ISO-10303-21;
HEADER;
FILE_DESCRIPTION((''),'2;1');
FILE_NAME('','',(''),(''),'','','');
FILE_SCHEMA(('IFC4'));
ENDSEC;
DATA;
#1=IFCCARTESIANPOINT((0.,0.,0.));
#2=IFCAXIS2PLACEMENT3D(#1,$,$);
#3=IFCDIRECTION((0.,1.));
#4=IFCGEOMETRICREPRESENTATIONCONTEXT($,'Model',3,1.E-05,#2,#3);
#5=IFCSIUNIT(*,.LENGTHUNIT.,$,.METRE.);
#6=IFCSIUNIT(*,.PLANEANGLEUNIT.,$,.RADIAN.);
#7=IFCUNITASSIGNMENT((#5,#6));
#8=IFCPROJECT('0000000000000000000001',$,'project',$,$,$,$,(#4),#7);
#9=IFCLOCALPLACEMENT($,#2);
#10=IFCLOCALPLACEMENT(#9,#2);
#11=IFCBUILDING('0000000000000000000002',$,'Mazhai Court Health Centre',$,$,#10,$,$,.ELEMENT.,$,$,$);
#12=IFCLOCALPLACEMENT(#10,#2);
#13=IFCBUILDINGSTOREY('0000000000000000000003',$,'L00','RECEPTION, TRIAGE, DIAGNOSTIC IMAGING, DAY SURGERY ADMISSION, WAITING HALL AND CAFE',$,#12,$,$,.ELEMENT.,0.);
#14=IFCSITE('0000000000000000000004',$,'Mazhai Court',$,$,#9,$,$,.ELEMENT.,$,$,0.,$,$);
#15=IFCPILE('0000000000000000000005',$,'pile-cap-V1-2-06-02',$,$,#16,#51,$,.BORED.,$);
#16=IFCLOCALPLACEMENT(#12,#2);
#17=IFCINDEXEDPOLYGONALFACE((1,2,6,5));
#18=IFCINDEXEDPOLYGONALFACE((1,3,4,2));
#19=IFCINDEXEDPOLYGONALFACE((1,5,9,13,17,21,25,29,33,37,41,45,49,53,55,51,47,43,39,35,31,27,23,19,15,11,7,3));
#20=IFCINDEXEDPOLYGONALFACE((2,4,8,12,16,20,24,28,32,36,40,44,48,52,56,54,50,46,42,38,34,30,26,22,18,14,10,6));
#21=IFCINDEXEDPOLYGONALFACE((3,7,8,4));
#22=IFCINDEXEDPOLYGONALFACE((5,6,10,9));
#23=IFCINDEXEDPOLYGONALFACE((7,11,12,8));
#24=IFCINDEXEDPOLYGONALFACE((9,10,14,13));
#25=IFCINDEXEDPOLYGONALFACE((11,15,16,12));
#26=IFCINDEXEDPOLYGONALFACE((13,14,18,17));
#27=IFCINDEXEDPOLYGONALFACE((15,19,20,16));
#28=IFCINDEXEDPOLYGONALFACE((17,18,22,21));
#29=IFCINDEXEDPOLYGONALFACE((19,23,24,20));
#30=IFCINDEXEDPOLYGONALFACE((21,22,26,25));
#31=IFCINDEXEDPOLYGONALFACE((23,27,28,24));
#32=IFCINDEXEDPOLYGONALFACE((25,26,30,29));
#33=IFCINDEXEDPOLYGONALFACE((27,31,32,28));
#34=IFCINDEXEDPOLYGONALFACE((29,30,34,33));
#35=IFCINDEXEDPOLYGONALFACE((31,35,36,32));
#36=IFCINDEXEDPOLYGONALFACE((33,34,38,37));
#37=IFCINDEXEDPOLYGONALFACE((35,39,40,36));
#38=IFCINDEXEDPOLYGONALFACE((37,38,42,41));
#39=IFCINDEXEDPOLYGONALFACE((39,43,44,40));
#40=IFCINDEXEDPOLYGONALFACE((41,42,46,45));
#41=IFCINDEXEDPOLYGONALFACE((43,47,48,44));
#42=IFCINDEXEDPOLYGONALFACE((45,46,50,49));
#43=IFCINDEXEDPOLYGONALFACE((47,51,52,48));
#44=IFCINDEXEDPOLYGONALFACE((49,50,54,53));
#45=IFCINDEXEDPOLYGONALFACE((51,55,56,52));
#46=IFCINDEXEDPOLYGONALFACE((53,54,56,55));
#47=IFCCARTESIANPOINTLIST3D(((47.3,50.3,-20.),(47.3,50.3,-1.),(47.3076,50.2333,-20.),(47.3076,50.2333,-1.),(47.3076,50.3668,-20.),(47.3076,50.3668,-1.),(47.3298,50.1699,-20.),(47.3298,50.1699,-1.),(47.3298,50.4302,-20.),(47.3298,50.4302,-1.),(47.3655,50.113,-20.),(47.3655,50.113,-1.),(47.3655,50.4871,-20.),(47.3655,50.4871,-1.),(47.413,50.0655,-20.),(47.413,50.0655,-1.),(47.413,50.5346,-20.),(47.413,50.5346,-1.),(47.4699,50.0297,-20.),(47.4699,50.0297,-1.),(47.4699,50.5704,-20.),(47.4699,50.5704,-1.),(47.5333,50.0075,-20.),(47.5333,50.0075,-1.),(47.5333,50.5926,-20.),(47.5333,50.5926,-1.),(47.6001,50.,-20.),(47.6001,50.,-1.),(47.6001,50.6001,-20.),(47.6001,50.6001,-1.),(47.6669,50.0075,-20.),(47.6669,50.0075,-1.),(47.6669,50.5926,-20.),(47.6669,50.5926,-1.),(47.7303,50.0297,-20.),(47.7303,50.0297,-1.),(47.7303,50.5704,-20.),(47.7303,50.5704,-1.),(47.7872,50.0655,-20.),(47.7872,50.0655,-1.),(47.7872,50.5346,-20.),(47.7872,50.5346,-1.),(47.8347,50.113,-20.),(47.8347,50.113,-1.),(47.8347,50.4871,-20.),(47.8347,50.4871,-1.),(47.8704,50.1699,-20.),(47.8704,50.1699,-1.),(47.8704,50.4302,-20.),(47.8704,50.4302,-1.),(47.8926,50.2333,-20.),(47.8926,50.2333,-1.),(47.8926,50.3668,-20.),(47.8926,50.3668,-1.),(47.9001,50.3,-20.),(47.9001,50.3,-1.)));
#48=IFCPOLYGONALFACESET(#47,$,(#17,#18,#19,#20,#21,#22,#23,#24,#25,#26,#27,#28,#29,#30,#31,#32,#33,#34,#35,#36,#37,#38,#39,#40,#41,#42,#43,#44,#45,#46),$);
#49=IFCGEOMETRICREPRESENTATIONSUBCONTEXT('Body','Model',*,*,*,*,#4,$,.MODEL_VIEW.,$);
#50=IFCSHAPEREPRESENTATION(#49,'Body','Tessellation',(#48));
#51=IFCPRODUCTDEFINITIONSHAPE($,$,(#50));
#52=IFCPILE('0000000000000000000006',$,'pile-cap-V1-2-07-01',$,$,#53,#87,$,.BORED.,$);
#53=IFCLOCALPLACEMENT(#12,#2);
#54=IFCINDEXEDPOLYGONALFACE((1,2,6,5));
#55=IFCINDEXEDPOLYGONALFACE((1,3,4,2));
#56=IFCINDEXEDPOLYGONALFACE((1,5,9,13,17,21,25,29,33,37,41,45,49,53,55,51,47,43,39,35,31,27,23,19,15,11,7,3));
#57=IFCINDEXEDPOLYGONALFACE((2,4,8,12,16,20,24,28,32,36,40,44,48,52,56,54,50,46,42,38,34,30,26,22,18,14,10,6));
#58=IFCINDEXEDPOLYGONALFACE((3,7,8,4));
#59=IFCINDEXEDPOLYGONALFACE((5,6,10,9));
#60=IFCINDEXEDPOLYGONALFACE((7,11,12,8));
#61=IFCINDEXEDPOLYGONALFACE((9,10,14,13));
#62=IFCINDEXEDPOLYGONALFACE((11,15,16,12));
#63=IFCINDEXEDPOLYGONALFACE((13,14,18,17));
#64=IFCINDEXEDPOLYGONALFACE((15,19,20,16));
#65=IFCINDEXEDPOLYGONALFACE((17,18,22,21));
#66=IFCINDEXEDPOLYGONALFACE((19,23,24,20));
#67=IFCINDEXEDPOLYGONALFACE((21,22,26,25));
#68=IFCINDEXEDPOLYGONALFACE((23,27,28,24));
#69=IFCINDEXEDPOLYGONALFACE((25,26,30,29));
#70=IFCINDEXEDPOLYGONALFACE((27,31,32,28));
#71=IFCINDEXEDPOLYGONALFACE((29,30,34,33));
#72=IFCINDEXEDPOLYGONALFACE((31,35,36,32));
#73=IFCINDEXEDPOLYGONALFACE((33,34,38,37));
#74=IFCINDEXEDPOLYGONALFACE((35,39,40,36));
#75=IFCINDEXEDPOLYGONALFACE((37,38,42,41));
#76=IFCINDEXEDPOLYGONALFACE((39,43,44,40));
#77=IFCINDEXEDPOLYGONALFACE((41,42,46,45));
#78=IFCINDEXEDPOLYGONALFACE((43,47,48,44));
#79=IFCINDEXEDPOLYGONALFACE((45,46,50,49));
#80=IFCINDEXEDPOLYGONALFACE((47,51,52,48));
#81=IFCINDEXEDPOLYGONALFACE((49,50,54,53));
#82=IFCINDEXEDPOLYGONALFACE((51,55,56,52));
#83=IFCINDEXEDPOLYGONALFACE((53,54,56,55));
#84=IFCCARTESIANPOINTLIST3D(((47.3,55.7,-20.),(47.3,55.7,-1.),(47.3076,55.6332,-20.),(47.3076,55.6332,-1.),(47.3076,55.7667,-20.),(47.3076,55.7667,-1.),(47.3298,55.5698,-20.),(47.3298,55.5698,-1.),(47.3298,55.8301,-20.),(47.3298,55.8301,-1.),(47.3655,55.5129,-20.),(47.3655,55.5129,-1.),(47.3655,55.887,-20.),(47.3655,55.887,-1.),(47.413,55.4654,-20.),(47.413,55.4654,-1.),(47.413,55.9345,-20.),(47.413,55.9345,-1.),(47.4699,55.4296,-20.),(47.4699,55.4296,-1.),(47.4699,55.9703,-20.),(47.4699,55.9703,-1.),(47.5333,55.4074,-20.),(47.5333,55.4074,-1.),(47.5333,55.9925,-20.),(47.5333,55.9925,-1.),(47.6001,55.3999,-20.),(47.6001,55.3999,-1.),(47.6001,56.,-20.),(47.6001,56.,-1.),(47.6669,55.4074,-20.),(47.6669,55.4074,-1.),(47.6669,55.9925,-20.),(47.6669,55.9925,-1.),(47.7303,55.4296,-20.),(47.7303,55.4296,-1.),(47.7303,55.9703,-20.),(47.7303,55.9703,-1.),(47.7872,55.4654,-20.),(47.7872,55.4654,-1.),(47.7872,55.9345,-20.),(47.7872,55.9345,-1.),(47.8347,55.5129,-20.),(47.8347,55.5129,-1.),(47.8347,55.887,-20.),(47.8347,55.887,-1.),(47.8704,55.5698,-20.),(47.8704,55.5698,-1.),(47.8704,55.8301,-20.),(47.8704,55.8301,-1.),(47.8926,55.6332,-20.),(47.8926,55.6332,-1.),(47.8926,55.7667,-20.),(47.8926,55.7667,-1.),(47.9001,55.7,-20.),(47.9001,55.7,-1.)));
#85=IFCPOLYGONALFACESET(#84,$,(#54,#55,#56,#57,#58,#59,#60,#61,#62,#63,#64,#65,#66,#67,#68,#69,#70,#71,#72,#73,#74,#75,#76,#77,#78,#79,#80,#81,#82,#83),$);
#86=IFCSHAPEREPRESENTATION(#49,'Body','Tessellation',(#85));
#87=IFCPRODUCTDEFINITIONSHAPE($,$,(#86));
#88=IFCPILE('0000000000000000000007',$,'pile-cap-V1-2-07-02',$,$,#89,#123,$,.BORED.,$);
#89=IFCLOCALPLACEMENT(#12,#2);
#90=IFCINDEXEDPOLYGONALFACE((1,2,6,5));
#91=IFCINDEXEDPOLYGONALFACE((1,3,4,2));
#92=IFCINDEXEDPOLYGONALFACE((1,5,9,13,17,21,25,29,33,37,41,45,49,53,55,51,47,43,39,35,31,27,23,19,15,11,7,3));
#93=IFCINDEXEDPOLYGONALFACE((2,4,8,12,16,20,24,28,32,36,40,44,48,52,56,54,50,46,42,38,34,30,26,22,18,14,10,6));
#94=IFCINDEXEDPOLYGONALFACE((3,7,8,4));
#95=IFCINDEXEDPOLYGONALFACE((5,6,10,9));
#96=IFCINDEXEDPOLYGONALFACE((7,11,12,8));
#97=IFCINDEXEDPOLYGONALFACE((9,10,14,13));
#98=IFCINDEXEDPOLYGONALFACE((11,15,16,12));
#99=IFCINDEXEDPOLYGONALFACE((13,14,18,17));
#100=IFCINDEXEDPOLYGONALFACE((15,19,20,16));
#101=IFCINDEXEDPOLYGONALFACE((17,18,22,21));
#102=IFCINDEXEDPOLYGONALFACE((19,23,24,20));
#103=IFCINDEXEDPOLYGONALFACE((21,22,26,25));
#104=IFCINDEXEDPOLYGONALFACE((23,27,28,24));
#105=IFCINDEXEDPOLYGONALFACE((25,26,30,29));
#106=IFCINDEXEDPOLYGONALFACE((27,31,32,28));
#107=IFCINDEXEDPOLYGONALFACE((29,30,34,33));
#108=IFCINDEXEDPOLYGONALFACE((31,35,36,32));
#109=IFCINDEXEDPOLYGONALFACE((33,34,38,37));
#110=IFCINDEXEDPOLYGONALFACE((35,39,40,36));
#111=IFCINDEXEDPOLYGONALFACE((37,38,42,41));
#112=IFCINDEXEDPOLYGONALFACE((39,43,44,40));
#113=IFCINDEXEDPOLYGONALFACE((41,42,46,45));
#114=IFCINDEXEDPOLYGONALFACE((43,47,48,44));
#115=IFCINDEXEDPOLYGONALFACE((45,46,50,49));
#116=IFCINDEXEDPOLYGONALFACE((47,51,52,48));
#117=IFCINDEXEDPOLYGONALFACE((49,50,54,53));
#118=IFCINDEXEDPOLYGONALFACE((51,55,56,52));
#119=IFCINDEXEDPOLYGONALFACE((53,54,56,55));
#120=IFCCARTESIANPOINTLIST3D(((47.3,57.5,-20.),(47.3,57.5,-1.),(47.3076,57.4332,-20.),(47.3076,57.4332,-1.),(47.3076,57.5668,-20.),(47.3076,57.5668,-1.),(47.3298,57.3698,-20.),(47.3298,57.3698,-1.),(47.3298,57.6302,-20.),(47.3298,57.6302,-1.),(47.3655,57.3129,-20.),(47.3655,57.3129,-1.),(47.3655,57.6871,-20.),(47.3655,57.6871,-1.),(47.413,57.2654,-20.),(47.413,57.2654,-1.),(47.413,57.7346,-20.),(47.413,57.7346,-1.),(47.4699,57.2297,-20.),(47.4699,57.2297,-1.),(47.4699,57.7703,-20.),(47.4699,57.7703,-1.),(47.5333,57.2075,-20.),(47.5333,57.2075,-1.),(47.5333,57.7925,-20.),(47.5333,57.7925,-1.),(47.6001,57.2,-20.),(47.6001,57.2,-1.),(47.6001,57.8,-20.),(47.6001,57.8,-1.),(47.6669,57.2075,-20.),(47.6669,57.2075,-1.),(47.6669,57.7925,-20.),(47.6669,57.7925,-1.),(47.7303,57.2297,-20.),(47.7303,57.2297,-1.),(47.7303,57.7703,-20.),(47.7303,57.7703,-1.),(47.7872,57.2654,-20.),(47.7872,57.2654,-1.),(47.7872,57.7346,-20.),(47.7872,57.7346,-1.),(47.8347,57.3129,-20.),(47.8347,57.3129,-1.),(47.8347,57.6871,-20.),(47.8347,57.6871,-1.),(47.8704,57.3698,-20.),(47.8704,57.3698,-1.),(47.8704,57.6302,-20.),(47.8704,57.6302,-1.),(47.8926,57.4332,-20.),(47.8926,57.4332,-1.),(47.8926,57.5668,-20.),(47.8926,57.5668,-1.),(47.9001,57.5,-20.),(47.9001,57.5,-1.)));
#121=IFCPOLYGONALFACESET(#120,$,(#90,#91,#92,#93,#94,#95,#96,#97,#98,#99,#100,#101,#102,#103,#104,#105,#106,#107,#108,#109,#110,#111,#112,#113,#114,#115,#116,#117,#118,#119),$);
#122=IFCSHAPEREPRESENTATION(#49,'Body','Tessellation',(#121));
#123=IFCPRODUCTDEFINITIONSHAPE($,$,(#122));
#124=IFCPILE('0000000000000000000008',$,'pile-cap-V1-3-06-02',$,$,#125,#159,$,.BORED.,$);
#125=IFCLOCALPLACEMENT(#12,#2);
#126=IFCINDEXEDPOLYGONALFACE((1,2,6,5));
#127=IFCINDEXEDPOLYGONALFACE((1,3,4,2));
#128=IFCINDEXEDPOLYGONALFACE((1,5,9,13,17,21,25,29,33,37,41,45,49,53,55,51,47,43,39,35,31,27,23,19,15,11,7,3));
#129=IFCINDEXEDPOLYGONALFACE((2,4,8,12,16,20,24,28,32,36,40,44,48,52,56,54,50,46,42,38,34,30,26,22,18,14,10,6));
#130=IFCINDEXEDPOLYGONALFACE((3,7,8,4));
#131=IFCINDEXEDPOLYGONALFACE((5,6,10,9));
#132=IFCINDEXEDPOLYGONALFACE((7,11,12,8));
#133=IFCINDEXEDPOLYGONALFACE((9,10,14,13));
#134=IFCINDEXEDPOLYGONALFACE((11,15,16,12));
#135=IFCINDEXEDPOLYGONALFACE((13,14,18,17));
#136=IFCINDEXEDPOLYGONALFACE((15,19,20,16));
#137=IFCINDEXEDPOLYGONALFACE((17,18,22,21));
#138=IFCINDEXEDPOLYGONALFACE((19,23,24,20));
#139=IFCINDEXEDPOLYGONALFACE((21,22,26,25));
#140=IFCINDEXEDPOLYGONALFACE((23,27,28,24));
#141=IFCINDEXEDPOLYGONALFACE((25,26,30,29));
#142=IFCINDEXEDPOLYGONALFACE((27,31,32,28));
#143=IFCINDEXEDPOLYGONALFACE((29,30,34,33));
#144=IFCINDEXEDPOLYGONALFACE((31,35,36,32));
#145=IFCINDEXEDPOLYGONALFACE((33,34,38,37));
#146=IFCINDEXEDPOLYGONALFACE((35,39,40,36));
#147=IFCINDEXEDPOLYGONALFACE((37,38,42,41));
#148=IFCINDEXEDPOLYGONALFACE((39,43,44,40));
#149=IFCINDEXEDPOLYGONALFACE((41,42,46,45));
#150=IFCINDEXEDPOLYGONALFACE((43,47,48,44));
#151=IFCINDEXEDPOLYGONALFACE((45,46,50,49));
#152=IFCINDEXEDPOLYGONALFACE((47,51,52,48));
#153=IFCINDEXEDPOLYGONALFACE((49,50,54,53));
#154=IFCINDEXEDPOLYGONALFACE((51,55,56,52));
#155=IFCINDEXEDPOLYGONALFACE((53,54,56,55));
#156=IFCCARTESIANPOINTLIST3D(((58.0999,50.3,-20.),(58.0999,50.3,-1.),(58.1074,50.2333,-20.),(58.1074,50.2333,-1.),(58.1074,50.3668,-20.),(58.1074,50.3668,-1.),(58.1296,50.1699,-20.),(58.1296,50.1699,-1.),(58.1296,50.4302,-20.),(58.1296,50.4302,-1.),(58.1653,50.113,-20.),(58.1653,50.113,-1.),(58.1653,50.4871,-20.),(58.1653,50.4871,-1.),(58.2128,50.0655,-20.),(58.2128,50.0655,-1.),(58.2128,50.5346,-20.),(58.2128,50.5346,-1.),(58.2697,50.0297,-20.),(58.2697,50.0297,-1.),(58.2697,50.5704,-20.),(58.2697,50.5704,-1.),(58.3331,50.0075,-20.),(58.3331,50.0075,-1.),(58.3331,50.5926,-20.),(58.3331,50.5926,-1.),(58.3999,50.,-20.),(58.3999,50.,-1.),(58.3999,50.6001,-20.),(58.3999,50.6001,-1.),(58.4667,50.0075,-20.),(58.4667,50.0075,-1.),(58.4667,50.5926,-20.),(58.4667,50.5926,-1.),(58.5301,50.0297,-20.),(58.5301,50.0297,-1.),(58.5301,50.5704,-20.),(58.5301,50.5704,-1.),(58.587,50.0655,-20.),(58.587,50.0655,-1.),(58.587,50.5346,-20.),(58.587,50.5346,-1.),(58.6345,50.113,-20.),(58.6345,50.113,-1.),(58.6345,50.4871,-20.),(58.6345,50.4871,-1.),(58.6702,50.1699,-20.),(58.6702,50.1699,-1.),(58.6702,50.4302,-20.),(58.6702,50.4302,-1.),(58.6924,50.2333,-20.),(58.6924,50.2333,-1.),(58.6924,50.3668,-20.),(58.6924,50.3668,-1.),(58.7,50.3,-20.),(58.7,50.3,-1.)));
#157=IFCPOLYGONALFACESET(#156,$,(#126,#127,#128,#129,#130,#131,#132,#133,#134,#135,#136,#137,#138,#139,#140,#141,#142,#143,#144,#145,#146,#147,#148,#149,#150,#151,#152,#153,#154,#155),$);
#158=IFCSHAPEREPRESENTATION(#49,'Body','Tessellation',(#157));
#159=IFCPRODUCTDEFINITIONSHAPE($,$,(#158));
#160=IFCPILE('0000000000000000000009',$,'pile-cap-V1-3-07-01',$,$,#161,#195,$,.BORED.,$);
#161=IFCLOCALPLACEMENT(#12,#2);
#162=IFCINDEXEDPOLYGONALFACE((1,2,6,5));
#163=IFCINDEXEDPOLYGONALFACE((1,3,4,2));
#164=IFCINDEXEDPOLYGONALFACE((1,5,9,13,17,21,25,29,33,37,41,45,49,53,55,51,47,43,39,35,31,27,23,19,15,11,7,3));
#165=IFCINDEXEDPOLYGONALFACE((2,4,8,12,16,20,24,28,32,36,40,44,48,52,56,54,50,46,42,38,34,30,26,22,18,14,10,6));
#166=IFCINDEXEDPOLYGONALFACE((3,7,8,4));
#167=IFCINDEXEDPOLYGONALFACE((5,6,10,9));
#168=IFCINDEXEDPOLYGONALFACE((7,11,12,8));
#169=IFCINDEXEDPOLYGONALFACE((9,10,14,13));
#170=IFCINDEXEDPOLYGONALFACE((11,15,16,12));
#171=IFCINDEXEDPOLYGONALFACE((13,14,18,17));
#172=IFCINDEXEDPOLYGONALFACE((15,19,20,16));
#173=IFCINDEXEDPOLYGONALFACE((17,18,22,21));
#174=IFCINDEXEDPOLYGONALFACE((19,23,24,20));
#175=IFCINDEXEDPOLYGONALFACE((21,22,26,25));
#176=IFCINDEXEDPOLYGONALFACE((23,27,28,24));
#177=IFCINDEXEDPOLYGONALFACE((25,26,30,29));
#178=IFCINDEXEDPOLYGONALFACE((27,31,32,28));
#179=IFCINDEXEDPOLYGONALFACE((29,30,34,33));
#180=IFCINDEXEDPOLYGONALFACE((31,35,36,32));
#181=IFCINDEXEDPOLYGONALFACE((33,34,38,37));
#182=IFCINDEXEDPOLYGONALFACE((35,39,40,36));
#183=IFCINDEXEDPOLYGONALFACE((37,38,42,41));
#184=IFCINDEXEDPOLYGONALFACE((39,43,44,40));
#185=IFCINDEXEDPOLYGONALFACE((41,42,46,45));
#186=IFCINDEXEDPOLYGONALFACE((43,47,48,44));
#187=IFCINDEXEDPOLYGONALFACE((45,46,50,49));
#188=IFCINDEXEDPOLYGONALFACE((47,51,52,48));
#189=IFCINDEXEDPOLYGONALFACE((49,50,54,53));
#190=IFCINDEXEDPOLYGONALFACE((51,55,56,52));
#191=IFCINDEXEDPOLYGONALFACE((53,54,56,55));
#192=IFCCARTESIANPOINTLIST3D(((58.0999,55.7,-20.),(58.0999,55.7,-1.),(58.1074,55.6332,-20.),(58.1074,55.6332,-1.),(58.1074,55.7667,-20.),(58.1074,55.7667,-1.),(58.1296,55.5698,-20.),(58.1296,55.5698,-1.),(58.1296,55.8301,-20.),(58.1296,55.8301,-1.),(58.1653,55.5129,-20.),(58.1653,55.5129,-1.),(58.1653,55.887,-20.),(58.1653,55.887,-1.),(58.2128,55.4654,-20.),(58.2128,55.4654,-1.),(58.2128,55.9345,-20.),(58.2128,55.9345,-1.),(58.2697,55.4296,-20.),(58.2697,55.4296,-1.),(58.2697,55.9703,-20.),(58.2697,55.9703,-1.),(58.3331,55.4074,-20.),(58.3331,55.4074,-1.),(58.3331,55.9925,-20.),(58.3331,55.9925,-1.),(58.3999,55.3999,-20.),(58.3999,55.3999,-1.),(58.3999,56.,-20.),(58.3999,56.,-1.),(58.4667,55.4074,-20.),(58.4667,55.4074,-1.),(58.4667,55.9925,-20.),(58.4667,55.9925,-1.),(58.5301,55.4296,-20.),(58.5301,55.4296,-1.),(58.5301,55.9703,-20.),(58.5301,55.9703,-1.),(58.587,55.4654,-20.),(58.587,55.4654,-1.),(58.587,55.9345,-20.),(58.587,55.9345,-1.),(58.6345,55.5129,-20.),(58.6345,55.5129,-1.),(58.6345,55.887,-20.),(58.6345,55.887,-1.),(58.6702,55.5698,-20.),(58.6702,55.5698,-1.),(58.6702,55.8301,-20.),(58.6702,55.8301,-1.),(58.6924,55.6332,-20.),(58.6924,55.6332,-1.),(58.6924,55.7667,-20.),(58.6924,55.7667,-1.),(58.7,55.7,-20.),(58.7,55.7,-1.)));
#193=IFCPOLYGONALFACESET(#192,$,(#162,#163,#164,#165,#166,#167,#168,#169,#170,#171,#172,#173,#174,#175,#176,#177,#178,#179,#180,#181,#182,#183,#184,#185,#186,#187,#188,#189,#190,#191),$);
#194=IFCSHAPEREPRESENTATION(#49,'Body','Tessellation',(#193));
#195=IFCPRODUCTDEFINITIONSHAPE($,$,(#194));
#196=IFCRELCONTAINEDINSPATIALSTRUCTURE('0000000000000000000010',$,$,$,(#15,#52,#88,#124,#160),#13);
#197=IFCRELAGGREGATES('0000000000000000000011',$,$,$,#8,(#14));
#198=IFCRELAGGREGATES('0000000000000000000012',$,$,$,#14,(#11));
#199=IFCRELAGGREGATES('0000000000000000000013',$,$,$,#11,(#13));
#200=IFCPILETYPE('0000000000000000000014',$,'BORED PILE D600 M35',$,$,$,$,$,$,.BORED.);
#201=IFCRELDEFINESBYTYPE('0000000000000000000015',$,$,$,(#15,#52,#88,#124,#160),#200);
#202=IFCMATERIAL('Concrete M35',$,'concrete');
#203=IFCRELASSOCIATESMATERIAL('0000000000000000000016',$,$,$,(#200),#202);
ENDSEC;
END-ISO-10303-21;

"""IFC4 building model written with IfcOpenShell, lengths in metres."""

from ifc_helpers import new_model, si_unit, direction, frame, origin, origin_2d, place, context, subcontext, project, spatial, circle, extrude, material, material_profile, profile_set, type_object, element, save


model = new_model("IFC4")

# Units and contexts
model_context = context("Model", 3, precision=1e-05, world=origin(), true_north=direction((0.0, 1.0)))
body_context = subcontext(model_context, "Body", "Model", "MODEL_VIEW")
ifc_project = project(units=[si_unit("LENGTHUNIT", "METRE"), si_unit("PLANEANGLEUNIT", "RADIAN")], contexts=[model_context])

# Site, building, storey
site_placement = place(None, origin())
site = spatial("IfcSite", under=ifc_project, at=site_placement, Name="Mazhai Court", CompositionType="ELEMENT", RefElevation=0.0)
building_placement = place(site_placement, origin())
building = spatial("IfcBuilding", under=site, at=building_placement, Name="Mazhai Court Health Centre", CompositionType="ELEMENT")
storey_placement = place(building_placement, origin())
storey = spatial("IfcBuildingStorey", under=building, at=storey_placement, Name="L00", Description="RECEPTION, TRIAGE, DIAGNOSTIC IMAGING, DAY SURGERY ADMISSION, WAITING HALL AND CAFE", CompositionType="ELEMENT", Elevation=0.0)

# Piles
ifc_material_1 = material(Name="Concrete M35", Category="concrete")
ifc_material_profile_1 = material_profile(ifc_material_1, circle(Radius=0.3, at=origin_2d()), Name="RC PILE D600")
ifc_profile_set_1 = profile_set([ifc_material_profile_1], Name="Concrete M35")
pile_type = type_object("IfcPileType", Name="BORED PILE D600 M35", PredefinedType="BORED", material=ifc_profile_set_1)
for number, where, z_axis, x_axis, name in (
    (1, (47.6001, 50.3, -1.0), (0.0, 0.0, -1.0), (1.0, 0.0, 0.0), "pile-cap-V1-2-06-02"),
    (2, (47.6001, 55.7, -1.0), (0.0, 0.0, -1.0), (1.0, 0.0, 0.0), "pile-cap-V1-2-07-01"),
    (3, (47.6001, 57.5, -1.0), (0.0, 0.0, -1.0), (1.0, 0.0, 0.0), "pile-cap-V1-2-07-02"),
    (4, (58.3999, 50.3, -1.0), (0.0, 0.0, -1.0), (1.0, 0.0, 0.0), "pile-cap-V1-3-06-02"),
    (5, (58.3999, 55.7, -1.0), (0.0, 0.0, -1.0), (1.0, 0.0, 0.0), "pile-cap-V1-3-07-01"),
):
    element("IfcPile", number, at=place(storey_placement, frame(where, z_axis=z_axis, x_axis=x_axis)), inside=storey, type_object=pile_type, Name=name, PredefinedType="BORED", context=body_context, shape_type="SweptSolid", body=[
        extrude(circle(Radius=0.3, at=origin_2d()), origin(), (0.0, 0.0, 1.0), 19.0),
    ])

save(model, "model.ifc")
